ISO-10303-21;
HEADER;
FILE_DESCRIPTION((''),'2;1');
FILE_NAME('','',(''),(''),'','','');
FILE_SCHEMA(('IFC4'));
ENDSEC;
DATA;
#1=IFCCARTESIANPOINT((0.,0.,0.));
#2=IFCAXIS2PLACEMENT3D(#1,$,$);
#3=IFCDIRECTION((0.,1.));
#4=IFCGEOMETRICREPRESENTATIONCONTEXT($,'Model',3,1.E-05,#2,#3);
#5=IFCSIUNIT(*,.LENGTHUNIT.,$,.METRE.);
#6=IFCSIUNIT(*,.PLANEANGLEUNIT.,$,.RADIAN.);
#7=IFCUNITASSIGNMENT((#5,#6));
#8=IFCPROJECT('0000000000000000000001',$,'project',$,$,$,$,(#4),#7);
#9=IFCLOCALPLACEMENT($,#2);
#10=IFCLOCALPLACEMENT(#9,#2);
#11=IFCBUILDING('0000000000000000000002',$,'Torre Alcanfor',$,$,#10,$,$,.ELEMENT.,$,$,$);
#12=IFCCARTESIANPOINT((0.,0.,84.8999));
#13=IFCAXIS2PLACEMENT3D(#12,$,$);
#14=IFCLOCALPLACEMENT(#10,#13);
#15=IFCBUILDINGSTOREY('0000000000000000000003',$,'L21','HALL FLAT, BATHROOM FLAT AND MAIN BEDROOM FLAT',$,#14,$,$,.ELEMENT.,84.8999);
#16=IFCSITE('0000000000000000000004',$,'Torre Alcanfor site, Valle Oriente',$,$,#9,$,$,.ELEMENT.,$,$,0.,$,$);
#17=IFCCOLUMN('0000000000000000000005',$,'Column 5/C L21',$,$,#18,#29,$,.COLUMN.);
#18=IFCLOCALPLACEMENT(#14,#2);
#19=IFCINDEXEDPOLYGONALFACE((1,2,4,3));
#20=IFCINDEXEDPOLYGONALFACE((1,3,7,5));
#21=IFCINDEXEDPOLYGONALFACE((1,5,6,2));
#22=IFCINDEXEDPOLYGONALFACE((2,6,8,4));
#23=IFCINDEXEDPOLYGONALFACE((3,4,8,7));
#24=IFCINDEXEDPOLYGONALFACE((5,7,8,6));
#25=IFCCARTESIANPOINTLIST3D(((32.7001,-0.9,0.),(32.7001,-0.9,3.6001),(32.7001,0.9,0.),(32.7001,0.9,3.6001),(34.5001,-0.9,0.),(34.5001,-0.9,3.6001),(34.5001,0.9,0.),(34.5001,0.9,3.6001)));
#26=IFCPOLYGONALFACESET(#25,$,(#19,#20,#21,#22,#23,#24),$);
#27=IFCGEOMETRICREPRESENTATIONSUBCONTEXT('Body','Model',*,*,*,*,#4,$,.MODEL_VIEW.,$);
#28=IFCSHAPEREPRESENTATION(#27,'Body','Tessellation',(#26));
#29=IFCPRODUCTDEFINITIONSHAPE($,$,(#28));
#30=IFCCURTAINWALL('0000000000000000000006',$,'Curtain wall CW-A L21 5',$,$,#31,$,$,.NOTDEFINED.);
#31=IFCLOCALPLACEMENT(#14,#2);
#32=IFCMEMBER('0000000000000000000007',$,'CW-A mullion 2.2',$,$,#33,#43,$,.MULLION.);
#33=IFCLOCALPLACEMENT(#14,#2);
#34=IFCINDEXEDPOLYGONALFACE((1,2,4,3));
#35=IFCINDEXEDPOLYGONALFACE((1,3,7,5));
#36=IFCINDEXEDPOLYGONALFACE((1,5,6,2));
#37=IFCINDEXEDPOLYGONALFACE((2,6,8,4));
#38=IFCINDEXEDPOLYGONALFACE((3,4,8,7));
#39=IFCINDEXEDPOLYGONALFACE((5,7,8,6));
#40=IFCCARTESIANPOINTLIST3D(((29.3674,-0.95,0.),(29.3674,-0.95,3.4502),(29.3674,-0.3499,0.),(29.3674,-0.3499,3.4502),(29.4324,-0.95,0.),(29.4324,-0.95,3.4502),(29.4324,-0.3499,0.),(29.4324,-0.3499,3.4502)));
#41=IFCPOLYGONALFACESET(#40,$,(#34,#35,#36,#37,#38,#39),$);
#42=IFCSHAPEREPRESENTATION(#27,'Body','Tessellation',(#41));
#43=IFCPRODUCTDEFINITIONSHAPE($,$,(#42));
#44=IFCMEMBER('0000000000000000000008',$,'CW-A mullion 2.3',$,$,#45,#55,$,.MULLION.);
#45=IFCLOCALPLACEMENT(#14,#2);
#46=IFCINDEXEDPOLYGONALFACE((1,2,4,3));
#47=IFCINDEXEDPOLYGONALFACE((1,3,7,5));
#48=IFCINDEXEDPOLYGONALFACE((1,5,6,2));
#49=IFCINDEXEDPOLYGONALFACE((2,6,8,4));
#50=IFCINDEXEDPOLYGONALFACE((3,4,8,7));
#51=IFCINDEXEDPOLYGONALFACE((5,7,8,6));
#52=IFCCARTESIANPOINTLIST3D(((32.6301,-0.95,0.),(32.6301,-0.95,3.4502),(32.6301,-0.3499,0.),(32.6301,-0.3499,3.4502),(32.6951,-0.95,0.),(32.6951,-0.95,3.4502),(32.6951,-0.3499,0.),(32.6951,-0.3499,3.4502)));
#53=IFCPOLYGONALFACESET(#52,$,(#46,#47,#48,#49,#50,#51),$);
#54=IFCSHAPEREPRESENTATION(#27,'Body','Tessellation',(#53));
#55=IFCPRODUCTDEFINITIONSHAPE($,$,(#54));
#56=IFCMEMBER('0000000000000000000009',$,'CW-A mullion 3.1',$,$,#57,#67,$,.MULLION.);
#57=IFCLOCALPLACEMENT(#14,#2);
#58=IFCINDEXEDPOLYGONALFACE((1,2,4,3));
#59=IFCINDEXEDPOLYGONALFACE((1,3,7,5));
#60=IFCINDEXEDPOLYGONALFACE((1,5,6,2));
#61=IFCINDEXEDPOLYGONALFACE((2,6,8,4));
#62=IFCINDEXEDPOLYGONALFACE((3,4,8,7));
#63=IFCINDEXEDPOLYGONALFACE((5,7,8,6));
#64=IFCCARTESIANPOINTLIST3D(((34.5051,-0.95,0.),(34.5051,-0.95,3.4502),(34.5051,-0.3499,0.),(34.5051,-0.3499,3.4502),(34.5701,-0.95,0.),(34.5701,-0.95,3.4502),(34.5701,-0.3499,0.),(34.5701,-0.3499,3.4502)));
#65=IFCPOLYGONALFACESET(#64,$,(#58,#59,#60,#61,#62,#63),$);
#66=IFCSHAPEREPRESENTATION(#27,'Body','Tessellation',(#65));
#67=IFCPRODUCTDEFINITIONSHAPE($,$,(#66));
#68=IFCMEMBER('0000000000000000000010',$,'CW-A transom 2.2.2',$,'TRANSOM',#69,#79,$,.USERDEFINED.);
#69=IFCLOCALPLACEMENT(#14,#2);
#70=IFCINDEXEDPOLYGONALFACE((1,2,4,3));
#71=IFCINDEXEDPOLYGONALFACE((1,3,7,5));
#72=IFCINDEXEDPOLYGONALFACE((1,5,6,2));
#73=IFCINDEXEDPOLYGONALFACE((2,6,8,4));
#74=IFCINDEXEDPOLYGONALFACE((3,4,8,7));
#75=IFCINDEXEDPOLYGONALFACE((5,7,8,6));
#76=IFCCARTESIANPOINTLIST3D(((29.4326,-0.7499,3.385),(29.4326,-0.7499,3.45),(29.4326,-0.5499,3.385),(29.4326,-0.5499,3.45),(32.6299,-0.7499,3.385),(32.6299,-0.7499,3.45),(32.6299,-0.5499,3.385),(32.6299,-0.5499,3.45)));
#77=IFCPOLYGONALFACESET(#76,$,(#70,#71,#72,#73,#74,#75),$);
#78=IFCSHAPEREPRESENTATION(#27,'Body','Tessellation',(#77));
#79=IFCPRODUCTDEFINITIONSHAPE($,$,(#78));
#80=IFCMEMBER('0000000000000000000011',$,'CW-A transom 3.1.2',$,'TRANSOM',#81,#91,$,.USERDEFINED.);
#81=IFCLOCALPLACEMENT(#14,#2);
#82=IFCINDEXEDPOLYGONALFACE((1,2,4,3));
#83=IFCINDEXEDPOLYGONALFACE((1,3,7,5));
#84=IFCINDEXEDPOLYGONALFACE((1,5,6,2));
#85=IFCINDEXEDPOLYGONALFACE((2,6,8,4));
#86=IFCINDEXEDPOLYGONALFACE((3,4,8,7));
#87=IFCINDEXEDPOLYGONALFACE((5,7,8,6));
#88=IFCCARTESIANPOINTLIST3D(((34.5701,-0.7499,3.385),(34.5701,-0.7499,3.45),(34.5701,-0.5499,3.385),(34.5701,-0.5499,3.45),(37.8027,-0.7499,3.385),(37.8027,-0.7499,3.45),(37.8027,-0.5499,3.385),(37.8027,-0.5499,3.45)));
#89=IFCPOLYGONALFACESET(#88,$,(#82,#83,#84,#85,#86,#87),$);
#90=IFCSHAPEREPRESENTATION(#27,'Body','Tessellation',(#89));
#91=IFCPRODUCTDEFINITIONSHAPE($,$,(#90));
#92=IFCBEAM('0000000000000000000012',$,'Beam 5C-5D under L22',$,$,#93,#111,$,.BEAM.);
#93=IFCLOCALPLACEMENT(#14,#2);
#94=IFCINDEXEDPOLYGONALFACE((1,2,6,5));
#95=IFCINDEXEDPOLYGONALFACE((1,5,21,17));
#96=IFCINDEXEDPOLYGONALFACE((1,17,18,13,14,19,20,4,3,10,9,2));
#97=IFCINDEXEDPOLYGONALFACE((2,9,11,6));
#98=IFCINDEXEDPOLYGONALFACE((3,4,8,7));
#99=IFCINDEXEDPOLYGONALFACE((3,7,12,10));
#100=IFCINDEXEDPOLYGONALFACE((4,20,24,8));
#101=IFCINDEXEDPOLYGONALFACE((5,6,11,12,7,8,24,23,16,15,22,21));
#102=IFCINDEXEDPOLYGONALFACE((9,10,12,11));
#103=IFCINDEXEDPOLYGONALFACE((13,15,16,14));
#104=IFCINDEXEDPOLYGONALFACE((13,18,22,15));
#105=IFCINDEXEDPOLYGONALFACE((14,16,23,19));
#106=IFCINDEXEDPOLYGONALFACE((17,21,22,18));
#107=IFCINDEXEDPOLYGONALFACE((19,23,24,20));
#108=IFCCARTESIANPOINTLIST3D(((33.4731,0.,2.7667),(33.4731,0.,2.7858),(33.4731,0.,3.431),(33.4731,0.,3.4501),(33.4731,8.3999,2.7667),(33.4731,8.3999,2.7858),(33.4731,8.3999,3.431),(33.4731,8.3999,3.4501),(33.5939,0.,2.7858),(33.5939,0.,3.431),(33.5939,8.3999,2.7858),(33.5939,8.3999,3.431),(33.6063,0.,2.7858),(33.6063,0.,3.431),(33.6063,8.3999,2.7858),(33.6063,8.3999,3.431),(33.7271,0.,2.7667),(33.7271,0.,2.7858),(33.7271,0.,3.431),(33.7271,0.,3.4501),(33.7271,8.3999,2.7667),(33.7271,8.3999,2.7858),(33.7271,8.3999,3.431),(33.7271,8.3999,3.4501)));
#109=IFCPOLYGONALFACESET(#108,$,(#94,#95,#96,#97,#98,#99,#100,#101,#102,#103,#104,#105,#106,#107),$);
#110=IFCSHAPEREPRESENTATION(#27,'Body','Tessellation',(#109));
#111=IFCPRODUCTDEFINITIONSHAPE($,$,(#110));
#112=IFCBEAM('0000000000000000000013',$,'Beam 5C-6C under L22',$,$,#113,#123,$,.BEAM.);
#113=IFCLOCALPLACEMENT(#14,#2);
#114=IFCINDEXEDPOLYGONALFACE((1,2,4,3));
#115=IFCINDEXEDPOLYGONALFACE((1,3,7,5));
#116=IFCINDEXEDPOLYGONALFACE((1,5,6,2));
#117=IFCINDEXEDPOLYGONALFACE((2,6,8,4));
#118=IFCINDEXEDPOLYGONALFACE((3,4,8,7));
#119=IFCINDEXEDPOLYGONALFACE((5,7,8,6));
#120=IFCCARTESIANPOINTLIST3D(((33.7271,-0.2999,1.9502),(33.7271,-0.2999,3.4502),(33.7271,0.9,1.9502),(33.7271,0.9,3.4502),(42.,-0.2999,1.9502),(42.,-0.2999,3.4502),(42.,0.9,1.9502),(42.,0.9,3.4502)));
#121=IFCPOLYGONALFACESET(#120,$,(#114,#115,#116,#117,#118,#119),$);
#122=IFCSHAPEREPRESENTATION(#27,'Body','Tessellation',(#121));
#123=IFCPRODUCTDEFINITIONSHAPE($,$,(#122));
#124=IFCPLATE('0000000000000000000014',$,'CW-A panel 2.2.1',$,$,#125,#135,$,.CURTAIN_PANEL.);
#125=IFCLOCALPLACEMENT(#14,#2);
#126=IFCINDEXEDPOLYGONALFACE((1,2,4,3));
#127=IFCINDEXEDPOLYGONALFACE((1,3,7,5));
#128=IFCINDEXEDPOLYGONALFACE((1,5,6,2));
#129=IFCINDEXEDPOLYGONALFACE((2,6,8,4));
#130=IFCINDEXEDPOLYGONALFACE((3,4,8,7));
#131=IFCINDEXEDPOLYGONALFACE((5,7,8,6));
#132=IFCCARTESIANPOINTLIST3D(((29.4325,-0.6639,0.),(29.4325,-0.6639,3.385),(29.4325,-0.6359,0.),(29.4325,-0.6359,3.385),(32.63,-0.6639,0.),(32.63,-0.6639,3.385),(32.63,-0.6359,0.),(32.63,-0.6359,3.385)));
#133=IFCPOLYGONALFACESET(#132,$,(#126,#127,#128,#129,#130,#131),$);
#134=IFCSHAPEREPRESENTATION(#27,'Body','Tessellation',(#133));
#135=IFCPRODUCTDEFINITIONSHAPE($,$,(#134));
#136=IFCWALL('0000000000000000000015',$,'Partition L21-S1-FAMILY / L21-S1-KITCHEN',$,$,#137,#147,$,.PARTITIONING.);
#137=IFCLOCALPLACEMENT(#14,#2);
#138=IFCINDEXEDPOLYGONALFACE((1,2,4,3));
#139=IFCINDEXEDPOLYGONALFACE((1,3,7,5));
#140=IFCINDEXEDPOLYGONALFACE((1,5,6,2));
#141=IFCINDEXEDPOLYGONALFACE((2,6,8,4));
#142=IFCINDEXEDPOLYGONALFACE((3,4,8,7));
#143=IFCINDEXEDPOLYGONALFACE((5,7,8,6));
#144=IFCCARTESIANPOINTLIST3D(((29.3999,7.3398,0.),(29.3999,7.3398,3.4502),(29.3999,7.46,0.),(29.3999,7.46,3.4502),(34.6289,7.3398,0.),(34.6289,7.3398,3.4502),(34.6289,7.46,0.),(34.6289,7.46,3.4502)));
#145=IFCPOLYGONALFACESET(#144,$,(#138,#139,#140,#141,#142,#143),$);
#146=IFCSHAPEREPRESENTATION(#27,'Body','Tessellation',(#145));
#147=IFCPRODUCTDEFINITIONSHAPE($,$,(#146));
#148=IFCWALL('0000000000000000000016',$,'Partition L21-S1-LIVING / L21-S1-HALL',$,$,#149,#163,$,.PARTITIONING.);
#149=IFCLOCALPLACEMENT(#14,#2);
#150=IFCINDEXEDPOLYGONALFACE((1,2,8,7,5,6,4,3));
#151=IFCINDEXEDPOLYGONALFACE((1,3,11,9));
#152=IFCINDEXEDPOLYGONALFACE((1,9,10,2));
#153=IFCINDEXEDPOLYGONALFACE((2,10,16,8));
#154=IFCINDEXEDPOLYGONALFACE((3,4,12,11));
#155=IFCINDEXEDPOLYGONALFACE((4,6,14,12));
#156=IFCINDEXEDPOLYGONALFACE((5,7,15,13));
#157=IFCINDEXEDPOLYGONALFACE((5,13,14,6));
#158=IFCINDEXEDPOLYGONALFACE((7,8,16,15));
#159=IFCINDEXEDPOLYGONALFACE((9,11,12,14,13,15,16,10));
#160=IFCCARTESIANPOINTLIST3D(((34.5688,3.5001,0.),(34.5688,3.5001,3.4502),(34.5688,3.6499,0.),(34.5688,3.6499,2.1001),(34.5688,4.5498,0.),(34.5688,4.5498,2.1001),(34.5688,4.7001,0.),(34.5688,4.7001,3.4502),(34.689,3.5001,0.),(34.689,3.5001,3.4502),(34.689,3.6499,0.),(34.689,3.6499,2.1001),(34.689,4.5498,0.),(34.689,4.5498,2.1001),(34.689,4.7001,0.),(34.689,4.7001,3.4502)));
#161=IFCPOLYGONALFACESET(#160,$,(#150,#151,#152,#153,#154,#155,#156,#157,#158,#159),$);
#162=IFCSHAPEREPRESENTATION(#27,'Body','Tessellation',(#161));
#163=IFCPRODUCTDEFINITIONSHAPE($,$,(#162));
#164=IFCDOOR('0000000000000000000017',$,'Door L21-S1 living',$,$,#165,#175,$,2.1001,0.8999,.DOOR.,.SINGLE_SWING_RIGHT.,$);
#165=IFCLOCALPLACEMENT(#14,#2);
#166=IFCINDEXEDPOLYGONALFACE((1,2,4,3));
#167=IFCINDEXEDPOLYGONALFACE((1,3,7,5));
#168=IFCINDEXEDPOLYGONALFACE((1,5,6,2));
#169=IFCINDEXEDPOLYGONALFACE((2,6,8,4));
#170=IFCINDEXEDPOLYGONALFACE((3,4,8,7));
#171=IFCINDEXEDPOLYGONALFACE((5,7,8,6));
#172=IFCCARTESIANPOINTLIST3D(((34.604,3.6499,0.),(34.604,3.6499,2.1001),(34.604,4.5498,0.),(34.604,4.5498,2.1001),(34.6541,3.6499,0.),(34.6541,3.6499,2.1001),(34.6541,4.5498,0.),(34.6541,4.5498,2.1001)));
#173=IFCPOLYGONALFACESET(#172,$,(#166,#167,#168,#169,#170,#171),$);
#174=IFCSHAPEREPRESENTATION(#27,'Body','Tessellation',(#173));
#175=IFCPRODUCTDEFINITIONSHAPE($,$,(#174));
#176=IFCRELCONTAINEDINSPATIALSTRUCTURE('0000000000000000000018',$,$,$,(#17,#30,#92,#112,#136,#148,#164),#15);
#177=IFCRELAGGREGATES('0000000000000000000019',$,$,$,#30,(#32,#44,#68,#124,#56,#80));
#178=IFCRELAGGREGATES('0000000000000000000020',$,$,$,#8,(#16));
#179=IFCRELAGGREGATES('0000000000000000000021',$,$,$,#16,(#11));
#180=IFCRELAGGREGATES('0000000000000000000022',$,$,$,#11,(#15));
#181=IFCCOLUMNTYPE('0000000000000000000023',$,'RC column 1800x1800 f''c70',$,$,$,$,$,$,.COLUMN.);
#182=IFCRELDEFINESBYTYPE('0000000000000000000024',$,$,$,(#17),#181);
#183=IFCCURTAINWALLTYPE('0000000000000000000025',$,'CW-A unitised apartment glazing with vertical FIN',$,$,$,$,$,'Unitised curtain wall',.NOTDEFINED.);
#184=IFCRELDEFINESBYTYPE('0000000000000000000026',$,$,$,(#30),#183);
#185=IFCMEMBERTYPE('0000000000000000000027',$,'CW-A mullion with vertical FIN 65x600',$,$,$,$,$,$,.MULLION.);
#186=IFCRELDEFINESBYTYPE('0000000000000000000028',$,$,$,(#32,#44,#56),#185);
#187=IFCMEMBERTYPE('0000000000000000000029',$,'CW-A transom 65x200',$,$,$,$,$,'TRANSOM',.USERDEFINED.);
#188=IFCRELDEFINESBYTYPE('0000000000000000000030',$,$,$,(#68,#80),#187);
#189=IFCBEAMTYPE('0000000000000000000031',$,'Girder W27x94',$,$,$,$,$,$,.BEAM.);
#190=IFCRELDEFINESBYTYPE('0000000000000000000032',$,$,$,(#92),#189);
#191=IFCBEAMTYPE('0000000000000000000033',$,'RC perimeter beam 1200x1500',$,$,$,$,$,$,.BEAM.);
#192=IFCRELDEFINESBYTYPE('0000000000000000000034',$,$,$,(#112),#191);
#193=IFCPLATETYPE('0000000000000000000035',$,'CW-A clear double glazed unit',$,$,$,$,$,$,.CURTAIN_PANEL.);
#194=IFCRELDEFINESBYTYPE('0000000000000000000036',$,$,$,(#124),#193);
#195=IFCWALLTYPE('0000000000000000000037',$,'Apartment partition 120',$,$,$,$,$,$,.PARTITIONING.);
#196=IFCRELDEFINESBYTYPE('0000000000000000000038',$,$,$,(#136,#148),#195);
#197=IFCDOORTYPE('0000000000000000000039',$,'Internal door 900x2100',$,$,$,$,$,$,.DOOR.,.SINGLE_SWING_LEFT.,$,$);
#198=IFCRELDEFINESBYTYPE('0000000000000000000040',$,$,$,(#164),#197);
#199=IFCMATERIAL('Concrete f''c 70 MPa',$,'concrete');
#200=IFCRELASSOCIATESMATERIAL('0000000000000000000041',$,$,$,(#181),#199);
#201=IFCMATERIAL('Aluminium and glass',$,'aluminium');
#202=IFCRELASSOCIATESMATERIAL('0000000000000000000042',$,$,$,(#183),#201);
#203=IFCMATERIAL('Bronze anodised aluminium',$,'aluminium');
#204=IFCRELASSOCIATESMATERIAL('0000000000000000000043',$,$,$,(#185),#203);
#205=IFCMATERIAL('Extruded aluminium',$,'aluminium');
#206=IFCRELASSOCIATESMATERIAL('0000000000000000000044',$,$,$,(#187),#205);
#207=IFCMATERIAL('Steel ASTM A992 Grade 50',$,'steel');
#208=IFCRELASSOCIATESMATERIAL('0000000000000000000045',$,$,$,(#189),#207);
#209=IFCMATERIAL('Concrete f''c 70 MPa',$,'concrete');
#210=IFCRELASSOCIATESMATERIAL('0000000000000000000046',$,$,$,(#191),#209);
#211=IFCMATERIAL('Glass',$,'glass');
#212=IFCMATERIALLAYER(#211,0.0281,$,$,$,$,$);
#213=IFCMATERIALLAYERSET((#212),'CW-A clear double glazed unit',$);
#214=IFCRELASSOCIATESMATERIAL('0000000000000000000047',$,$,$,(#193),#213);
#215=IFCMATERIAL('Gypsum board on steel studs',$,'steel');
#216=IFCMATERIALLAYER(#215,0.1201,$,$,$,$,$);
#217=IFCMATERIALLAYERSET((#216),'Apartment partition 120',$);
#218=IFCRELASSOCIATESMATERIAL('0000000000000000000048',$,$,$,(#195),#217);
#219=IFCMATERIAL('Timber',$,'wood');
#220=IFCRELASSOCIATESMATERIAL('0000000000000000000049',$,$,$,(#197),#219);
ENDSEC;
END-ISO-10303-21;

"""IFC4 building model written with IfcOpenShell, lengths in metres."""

from ifc_helpers import new_model, si_unit, direction, frame, frame_2d, origin, origin_2d, place, context, subcontext, project, spatial, rectangle, i_section, extrude, material, layer, layer_set, material_profile, profile_set, type_object, element, fill, aggregate, save


model = new_model("IFC4")

# Units and contexts
model_context = context("Model", 3, precision=1e-05, world=origin(), true_north=direction((0.0, 1.0)))
body_context = subcontext(model_context, "Body", "Model", "MODEL_VIEW")
ifc_project = project(units=[si_unit("LENGTHUNIT", "METRE"), si_unit("PLANEANGLEUNIT", "RADIAN")], contexts=[model_context])

# Site, building, storey
site_placement = place(None, origin())
site = spatial("IfcSite", under=ifc_project, at=site_placement, Name="Torre Alcanfor site, Valle Oriente", CompositionType="ELEMENT", RefElevation=0.0)
building_placement = place(site_placement, origin())
building = spatial("IfcBuilding", under=site, at=building_placement, Name="Torre Alcanfor", CompositionType="ELEMENT")
storey_placement = place(building_placement, frame((0.0, 0.0, 84.8999)))
storey = spatial("IfcBuildingStorey", under=building, at=storey_placement, Name="L21", Description="HALL FLAT, BATHROOM FLAT AND MAIN BEDROOM FLAT", CompositionType="ELEMENT", Elevation=84.8999)

# Column
ifc_material_1 = material(Name="Concrete f'c 70 MPa", Category="concrete")
ifc_material_profile_1 = material_profile(ifc_material_1, rectangle(XDim=1.8, YDim=1.8, at=origin_2d()), Name="1800x1800")
ifc_profile_set_1 = profile_set([ifc_material_profile_1], Name="Concrete f'c 70 MPa")
column_type = type_object("IfcColumnType", Name="RC column 1800x1800 f'c70", PredefinedType="COLUMN", material=ifc_profile_set_1)
column_placement = place(storey_placement, frame((33.6001, 0.0, 0.0), z_axis=(0.0, 0.0, 1.0), x_axis=(1.0, 0.0, 0.0)))
element("IfcColumn", 1, at=column_placement, inside=storey, type_object=column_type, Name="Column 5/C L21", PredefinedType="COLUMN", context=body_context, shape_type="SweptSolid", body=[
    extrude(rectangle(XDim=1.8, YDim=1.8, at=origin_2d()), origin(), (0.0, 0.0, 1.0), 3.6001),
])

# Curtain wall, members
ifc_material_2 = material(Name="Aluminium and glass", Category="aluminium")
curtain_wall_type = type_object("IfcCurtainWallType", Name="CW-A unitised apartment glazing with vertical FIN", ElementType="Unitised curtain wall", PredefinedType="NOTDEFINED", material=ifc_material_2)
curtain_wall_placement = place(storey_placement, origin())
curtain_wall = element("IfcCurtainWall", 2, at=curtain_wall_placement, inside=storey, type_object=curtain_wall_type, Name="Curtain wall CW-A L21 5", PredefinedType="NOTDEFINED")
ifc_material_3 = material(Name="Bronze anodised aluminium", Category="aluminium")
ifc_material_profile_2 = material_profile(ifc_material_3, rectangle(XDim=0.6001, YDim=0.0649, at=origin_2d()), Name="CW-A mullion 65x600")
ifc_profile_set_2 = profile_set([ifc_material_profile_2], Name="Bronze anodised aluminium")
member_type_1 = type_object("IfcMemberType", Name="CW-A mullion with vertical FIN 65x600", PredefinedType="MULLION", material=ifc_profile_set_2)
member_1_placement = place(storey_placement, frame((29.3999, -0.6499, 0.0), z_axis=(0.0, 0.0, 1.0), x_axis=(0.0, 1.0, 0.0)))
member_1 = element("IfcMember", 3, at=member_1_placement, type_object=member_type_1, Name="CW-A mullion 2.2", PredefinedType="MULLION", context=body_context, shape_type="SweptSolid", body=[
    extrude(rectangle(XDim=0.6001, YDim=0.0649, at=origin_2d()), origin(), (0.0, 0.0, 1.0), 3.4502),
])
member_2_placement = place(storey_placement, frame((32.6626, -0.6499, 0.0), z_axis=(0.0, 0.0, 1.0), x_axis=(0.0, 1.0, 0.0)))
member_2 = element("IfcMember", 4, at=member_2_placement, type_object=member_type_1, Name="CW-A mullion 2.3", PredefinedType="MULLION", context=body_context, shape_type="SweptSolid", body=[
    extrude(rectangle(XDim=0.6001, YDim=0.0649, at=origin_2d()), origin(), (0.0, 0.0, 1.0), 3.4502),
])
member_3_placement = place(storey_placement, frame((34.5376, -0.6499, 0.0), z_axis=(0.0, 0.0, 1.0), x_axis=(0.0, 1.0, 0.0)))
member_3 = element("IfcMember", 5, at=member_3_placement, type_object=member_type_1, Name="CW-A mullion 3.1", PredefinedType="MULLION", context=body_context, shape_type="SweptSolid", body=[
    extrude(rectangle(XDim=0.6001, YDim=0.0649, at=origin_2d()), origin(), (0.0, 0.0, 1.0), 3.4502),
])
ifc_material_4 = material(Name="Extruded aluminium", Category="aluminium")
ifc_material_profile_3 = material_profile(ifc_material_4, rectangle(XDim=0.2, YDim=0.0649, at=origin_2d()), Name="CW-A transom 200x65")
ifc_profile_set_3 = profile_set([ifc_material_profile_3], Name="Extruded aluminium")
member_type_2 = type_object("IfcMemberType", Name="CW-A transom 65x200", ElementType="TRANSOM", PredefinedType="USERDEFINED", material=ifc_profile_set_3)
member_4_placement = place(storey_placement, frame((29.4326, -0.6499, 3.4175), z_axis=(1.0, 0.0, 0.0), x_axis=(0.0, 1.0, 0.0)))
member_4 = element("IfcMember", 6, at=member_4_placement, type_object=member_type_2, Name="CW-A transom 2.2.2", ObjectType="TRANSOM", PredefinedType="USERDEFINED", context=body_context, shape_type="SweptSolid", body=[
    extrude(rectangle(XDim=0.2, YDim=0.0649, at=origin_2d()), origin(), (0.0, 0.0, 1.0), 3.1973),
])
member_5_placement = place(storey_placement, frame((34.5701, -0.6499, 3.4175), z_axis=(1.0, 0.0, 0.0), x_axis=(0.0, 1.0, 0.0)))
member_5 = element("IfcMember", 7, at=member_5_placement, type_object=member_type_2, Name="CW-A transom 3.1.2", ObjectType="TRANSOM", PredefinedType="USERDEFINED", context=body_context, shape_type="SweptSolid", body=[
    extrude(rectangle(XDim=0.2, YDim=0.0649, at=origin_2d()), origin(), (0.0, 0.0, 1.0), 3.2327),
])

# Beams
ifc_material_5 = material(Name="Steel ASTM A992 Grade 50", Category="steel")
ifc_material_profile_4 = material_profile(ifc_material_5, i_section(OverallWidth=0.2539, OverallDepth=0.6833, WebThickness=0.0125, FlangeThickness=0.019, at=origin_2d()), Name="W27x94")
ifc_profile_set_4 = profile_set([ifc_material_profile_4], Name="Steel ASTM A992 Grade 50")
beam_type_1 = type_object("IfcBeamType", Name="Girder W27x94", PredefinedType="BEAM", material=ifc_profile_set_4)
beam_1_placement = place(storey_placement, frame((33.6001, 0.0, 3.1084), z_axis=(0.0, 1.0, 0.0), x_axis=(-1.0, 0.0, 0.0)))
element("IfcBeam", 8, at=beam_1_placement, inside=storey, type_object=beam_type_1, Name="Beam 5C-5D under L22", PredefinedType="BEAM", context=body_context, shape_type="SweptSolid", body=[
    extrude(i_section(OverallWidth=0.2539, OverallDepth=0.6833, WebThickness=0.0125, FlangeThickness=0.019, at=origin_2d()), origin(), (0.0, 0.0, 1.0), 8.3999),
])
ifc_material_6 = material(Name="Concrete f'c 70 MPa", Category="concrete")
ifc_material_profile_5 = material_profile(ifc_material_6, rectangle(XDim=1.2, YDim=1.5, at=origin_2d()), Name="1200x1500")
ifc_profile_set_5 = profile_set([ifc_material_profile_5], Name="Concrete f'c 70 MPa")
beam_type_2 = type_object("IfcBeamType", Name="RC perimeter beam 1200x1500", PredefinedType="BEAM", material=ifc_profile_set_5)
beam_2_placement = place(storey_placement, frame((33.7271, 0.3, 2.7002), z_axis=(1.0, 0.0, 0.0), x_axis=(0.0, 1.0, 0.0)))
element("IfcBeam", 9, at=beam_2_placement, inside=storey, type_object=beam_type_2, Name="Beam 5C-6C under L22", PredefinedType="BEAM", context=body_context, shape_type="SweptSolid", body=[
    extrude(rectangle(XDim=1.2, YDim=1.5, at=origin_2d()), origin(), (0.0, 0.0, 1.0), 8.2729),
])

# Plate
ifc_material_7 = material(Name="Glass", Category="glass")
ifc_layer_1 = layer(ifc_material_7, 0.0281)
ifc_layer_set_1 = layer_set([ifc_layer_1], Name="CW-A clear double glazed unit")
plate_type = type_object("IfcPlateType", Name="CW-A clear double glazed unit", PredefinedType="CURTAIN_PANEL", material=ifc_layer_set_1)
plate_placement = place(storey_placement, frame((31.0312, -0.6499, 0.0), z_axis=(0.0, 0.0, 1.0), x_axis=(1.0, 0.0, 0.0)))
plate = element("IfcPlate", 10, at=plate_placement, type_object=plate_type, Name="CW-A panel 2.2.1", PredefinedType="CURTAIN_PANEL", context=body_context, shape_type="SweptSolid", body=[
    extrude(rectangle(XDim=3.1975, YDim=0.0281, at=origin_2d()), origin(), (0.0, 0.0, 1.0), 3.385),
])
aggregate(curtain_wall, [member_1, member_2, member_4, plate, member_3, member_5])

# Wall
ifc_material_8 = material(Name="Gypsum board on steel studs", Category="steel")
ifc_layer_2 = layer(ifc_material_8, 0.1201)
ifc_layer_set_2 = layer_set([ifc_layer_2], Name="Apartment partition 120")
wall_type_1 = type_object("IfcWallType", Name="Apartment partition 120", PredefinedType="PARTITIONING", material=ifc_layer_set_2)
wall_1_placement = place(storey_placement, frame((29.3999, 7.3999, 0.0), z_axis=(0.0, 0.0, 1.0), x_axis=(1.0, 0.0, 0.0)))
element("IfcWall", 11, at=wall_1_placement, inside=storey, type_object=wall_type_1, Name="Partition L21-S1-FAMILY / L21-S1-KITCHEN", PredefinedType="PARTITIONING", context=body_context, shape_type="SweptSolid", body=[
    extrude(rectangle(XDim=5.229, YDim=0.1201, at=frame_2d((2.6145, 0.0))), origin(), (0.0, 0.0, 1.0), 3.4502),
])

# Wall, opening, door
wall_2_placement = place(storey_placement, frame((34.6289, 3.5, 0.0), z_axis=(0.0, 0.0, 1.0), x_axis=(0.0, 1.0, 0.0)))
wall_2 = element("IfcWall", 12, at=wall_2_placement, inside=storey, type_object=wall_type_1, Name="Partition L21-S1-LIVING / L21-S1-HALL", PredefinedType="PARTITIONING", context=body_context, shape_type="SweptSolid", body=[
    extrude(rectangle(XDim=1.2, YDim=0.1201, at=frame_2d((0.6001, 0.0))), origin(), (0.0, 0.0, 1.0), 3.4502),
])
opening_1_placement = place(wall_2_placement, frame((0.1499, 0.0, 0.0)))
opening_1 = element("IfcOpeningElement", 13, at=opening_1_placement, cuts=wall_2, PredefinedType="OPENING", context=body_context, shape_type="SweptSolid", body=[
    extrude(rectangle(XDim=0.8999, YDim=2.1001, at=frame_2d((0.45, 1.05))), frame((0.0, 0.0701, 0.0), z_axis=(0.0, -1.0, 0.0), x_axis=(1.0, 0.0, 0.0)), (0.0, 0.0, 1.0), 0.1401),
])
ifc_material_9 = material(Name="Timber", Category="wood")
door_type = type_object("IfcDoorType", Name="Internal door 900x2100", OperationType="SINGLE_SWING_LEFT", PredefinedType="DOOR", material=ifc_material_9)
door_1_placement = place(opening_1_placement, origin())
door_1 = element("IfcDoor", 14, at=door_1_placement, inside=storey, type_object=door_type, Name="Door L21-S1 living", OperationType="SINGLE_SWING_RIGHT", OverallHeight=2.1001, OverallWidth=0.8999, PredefinedType="DOOR", context=body_context, shape_type="SweptSolid", body=[
    extrude(rectangle(XDim=0.8999, YDim=2.1001, at=frame_2d((0.45, 1.05))), frame((0.0, 0.0249, 0.0), z_axis=(0.0, -1.0, 0.0), x_axis=(1.0, 0.0, 0.0)), (0.0, 0.0, 1.0), 0.05),
])
fill(opening_1, door_1)

save(model, "model.ifc")
